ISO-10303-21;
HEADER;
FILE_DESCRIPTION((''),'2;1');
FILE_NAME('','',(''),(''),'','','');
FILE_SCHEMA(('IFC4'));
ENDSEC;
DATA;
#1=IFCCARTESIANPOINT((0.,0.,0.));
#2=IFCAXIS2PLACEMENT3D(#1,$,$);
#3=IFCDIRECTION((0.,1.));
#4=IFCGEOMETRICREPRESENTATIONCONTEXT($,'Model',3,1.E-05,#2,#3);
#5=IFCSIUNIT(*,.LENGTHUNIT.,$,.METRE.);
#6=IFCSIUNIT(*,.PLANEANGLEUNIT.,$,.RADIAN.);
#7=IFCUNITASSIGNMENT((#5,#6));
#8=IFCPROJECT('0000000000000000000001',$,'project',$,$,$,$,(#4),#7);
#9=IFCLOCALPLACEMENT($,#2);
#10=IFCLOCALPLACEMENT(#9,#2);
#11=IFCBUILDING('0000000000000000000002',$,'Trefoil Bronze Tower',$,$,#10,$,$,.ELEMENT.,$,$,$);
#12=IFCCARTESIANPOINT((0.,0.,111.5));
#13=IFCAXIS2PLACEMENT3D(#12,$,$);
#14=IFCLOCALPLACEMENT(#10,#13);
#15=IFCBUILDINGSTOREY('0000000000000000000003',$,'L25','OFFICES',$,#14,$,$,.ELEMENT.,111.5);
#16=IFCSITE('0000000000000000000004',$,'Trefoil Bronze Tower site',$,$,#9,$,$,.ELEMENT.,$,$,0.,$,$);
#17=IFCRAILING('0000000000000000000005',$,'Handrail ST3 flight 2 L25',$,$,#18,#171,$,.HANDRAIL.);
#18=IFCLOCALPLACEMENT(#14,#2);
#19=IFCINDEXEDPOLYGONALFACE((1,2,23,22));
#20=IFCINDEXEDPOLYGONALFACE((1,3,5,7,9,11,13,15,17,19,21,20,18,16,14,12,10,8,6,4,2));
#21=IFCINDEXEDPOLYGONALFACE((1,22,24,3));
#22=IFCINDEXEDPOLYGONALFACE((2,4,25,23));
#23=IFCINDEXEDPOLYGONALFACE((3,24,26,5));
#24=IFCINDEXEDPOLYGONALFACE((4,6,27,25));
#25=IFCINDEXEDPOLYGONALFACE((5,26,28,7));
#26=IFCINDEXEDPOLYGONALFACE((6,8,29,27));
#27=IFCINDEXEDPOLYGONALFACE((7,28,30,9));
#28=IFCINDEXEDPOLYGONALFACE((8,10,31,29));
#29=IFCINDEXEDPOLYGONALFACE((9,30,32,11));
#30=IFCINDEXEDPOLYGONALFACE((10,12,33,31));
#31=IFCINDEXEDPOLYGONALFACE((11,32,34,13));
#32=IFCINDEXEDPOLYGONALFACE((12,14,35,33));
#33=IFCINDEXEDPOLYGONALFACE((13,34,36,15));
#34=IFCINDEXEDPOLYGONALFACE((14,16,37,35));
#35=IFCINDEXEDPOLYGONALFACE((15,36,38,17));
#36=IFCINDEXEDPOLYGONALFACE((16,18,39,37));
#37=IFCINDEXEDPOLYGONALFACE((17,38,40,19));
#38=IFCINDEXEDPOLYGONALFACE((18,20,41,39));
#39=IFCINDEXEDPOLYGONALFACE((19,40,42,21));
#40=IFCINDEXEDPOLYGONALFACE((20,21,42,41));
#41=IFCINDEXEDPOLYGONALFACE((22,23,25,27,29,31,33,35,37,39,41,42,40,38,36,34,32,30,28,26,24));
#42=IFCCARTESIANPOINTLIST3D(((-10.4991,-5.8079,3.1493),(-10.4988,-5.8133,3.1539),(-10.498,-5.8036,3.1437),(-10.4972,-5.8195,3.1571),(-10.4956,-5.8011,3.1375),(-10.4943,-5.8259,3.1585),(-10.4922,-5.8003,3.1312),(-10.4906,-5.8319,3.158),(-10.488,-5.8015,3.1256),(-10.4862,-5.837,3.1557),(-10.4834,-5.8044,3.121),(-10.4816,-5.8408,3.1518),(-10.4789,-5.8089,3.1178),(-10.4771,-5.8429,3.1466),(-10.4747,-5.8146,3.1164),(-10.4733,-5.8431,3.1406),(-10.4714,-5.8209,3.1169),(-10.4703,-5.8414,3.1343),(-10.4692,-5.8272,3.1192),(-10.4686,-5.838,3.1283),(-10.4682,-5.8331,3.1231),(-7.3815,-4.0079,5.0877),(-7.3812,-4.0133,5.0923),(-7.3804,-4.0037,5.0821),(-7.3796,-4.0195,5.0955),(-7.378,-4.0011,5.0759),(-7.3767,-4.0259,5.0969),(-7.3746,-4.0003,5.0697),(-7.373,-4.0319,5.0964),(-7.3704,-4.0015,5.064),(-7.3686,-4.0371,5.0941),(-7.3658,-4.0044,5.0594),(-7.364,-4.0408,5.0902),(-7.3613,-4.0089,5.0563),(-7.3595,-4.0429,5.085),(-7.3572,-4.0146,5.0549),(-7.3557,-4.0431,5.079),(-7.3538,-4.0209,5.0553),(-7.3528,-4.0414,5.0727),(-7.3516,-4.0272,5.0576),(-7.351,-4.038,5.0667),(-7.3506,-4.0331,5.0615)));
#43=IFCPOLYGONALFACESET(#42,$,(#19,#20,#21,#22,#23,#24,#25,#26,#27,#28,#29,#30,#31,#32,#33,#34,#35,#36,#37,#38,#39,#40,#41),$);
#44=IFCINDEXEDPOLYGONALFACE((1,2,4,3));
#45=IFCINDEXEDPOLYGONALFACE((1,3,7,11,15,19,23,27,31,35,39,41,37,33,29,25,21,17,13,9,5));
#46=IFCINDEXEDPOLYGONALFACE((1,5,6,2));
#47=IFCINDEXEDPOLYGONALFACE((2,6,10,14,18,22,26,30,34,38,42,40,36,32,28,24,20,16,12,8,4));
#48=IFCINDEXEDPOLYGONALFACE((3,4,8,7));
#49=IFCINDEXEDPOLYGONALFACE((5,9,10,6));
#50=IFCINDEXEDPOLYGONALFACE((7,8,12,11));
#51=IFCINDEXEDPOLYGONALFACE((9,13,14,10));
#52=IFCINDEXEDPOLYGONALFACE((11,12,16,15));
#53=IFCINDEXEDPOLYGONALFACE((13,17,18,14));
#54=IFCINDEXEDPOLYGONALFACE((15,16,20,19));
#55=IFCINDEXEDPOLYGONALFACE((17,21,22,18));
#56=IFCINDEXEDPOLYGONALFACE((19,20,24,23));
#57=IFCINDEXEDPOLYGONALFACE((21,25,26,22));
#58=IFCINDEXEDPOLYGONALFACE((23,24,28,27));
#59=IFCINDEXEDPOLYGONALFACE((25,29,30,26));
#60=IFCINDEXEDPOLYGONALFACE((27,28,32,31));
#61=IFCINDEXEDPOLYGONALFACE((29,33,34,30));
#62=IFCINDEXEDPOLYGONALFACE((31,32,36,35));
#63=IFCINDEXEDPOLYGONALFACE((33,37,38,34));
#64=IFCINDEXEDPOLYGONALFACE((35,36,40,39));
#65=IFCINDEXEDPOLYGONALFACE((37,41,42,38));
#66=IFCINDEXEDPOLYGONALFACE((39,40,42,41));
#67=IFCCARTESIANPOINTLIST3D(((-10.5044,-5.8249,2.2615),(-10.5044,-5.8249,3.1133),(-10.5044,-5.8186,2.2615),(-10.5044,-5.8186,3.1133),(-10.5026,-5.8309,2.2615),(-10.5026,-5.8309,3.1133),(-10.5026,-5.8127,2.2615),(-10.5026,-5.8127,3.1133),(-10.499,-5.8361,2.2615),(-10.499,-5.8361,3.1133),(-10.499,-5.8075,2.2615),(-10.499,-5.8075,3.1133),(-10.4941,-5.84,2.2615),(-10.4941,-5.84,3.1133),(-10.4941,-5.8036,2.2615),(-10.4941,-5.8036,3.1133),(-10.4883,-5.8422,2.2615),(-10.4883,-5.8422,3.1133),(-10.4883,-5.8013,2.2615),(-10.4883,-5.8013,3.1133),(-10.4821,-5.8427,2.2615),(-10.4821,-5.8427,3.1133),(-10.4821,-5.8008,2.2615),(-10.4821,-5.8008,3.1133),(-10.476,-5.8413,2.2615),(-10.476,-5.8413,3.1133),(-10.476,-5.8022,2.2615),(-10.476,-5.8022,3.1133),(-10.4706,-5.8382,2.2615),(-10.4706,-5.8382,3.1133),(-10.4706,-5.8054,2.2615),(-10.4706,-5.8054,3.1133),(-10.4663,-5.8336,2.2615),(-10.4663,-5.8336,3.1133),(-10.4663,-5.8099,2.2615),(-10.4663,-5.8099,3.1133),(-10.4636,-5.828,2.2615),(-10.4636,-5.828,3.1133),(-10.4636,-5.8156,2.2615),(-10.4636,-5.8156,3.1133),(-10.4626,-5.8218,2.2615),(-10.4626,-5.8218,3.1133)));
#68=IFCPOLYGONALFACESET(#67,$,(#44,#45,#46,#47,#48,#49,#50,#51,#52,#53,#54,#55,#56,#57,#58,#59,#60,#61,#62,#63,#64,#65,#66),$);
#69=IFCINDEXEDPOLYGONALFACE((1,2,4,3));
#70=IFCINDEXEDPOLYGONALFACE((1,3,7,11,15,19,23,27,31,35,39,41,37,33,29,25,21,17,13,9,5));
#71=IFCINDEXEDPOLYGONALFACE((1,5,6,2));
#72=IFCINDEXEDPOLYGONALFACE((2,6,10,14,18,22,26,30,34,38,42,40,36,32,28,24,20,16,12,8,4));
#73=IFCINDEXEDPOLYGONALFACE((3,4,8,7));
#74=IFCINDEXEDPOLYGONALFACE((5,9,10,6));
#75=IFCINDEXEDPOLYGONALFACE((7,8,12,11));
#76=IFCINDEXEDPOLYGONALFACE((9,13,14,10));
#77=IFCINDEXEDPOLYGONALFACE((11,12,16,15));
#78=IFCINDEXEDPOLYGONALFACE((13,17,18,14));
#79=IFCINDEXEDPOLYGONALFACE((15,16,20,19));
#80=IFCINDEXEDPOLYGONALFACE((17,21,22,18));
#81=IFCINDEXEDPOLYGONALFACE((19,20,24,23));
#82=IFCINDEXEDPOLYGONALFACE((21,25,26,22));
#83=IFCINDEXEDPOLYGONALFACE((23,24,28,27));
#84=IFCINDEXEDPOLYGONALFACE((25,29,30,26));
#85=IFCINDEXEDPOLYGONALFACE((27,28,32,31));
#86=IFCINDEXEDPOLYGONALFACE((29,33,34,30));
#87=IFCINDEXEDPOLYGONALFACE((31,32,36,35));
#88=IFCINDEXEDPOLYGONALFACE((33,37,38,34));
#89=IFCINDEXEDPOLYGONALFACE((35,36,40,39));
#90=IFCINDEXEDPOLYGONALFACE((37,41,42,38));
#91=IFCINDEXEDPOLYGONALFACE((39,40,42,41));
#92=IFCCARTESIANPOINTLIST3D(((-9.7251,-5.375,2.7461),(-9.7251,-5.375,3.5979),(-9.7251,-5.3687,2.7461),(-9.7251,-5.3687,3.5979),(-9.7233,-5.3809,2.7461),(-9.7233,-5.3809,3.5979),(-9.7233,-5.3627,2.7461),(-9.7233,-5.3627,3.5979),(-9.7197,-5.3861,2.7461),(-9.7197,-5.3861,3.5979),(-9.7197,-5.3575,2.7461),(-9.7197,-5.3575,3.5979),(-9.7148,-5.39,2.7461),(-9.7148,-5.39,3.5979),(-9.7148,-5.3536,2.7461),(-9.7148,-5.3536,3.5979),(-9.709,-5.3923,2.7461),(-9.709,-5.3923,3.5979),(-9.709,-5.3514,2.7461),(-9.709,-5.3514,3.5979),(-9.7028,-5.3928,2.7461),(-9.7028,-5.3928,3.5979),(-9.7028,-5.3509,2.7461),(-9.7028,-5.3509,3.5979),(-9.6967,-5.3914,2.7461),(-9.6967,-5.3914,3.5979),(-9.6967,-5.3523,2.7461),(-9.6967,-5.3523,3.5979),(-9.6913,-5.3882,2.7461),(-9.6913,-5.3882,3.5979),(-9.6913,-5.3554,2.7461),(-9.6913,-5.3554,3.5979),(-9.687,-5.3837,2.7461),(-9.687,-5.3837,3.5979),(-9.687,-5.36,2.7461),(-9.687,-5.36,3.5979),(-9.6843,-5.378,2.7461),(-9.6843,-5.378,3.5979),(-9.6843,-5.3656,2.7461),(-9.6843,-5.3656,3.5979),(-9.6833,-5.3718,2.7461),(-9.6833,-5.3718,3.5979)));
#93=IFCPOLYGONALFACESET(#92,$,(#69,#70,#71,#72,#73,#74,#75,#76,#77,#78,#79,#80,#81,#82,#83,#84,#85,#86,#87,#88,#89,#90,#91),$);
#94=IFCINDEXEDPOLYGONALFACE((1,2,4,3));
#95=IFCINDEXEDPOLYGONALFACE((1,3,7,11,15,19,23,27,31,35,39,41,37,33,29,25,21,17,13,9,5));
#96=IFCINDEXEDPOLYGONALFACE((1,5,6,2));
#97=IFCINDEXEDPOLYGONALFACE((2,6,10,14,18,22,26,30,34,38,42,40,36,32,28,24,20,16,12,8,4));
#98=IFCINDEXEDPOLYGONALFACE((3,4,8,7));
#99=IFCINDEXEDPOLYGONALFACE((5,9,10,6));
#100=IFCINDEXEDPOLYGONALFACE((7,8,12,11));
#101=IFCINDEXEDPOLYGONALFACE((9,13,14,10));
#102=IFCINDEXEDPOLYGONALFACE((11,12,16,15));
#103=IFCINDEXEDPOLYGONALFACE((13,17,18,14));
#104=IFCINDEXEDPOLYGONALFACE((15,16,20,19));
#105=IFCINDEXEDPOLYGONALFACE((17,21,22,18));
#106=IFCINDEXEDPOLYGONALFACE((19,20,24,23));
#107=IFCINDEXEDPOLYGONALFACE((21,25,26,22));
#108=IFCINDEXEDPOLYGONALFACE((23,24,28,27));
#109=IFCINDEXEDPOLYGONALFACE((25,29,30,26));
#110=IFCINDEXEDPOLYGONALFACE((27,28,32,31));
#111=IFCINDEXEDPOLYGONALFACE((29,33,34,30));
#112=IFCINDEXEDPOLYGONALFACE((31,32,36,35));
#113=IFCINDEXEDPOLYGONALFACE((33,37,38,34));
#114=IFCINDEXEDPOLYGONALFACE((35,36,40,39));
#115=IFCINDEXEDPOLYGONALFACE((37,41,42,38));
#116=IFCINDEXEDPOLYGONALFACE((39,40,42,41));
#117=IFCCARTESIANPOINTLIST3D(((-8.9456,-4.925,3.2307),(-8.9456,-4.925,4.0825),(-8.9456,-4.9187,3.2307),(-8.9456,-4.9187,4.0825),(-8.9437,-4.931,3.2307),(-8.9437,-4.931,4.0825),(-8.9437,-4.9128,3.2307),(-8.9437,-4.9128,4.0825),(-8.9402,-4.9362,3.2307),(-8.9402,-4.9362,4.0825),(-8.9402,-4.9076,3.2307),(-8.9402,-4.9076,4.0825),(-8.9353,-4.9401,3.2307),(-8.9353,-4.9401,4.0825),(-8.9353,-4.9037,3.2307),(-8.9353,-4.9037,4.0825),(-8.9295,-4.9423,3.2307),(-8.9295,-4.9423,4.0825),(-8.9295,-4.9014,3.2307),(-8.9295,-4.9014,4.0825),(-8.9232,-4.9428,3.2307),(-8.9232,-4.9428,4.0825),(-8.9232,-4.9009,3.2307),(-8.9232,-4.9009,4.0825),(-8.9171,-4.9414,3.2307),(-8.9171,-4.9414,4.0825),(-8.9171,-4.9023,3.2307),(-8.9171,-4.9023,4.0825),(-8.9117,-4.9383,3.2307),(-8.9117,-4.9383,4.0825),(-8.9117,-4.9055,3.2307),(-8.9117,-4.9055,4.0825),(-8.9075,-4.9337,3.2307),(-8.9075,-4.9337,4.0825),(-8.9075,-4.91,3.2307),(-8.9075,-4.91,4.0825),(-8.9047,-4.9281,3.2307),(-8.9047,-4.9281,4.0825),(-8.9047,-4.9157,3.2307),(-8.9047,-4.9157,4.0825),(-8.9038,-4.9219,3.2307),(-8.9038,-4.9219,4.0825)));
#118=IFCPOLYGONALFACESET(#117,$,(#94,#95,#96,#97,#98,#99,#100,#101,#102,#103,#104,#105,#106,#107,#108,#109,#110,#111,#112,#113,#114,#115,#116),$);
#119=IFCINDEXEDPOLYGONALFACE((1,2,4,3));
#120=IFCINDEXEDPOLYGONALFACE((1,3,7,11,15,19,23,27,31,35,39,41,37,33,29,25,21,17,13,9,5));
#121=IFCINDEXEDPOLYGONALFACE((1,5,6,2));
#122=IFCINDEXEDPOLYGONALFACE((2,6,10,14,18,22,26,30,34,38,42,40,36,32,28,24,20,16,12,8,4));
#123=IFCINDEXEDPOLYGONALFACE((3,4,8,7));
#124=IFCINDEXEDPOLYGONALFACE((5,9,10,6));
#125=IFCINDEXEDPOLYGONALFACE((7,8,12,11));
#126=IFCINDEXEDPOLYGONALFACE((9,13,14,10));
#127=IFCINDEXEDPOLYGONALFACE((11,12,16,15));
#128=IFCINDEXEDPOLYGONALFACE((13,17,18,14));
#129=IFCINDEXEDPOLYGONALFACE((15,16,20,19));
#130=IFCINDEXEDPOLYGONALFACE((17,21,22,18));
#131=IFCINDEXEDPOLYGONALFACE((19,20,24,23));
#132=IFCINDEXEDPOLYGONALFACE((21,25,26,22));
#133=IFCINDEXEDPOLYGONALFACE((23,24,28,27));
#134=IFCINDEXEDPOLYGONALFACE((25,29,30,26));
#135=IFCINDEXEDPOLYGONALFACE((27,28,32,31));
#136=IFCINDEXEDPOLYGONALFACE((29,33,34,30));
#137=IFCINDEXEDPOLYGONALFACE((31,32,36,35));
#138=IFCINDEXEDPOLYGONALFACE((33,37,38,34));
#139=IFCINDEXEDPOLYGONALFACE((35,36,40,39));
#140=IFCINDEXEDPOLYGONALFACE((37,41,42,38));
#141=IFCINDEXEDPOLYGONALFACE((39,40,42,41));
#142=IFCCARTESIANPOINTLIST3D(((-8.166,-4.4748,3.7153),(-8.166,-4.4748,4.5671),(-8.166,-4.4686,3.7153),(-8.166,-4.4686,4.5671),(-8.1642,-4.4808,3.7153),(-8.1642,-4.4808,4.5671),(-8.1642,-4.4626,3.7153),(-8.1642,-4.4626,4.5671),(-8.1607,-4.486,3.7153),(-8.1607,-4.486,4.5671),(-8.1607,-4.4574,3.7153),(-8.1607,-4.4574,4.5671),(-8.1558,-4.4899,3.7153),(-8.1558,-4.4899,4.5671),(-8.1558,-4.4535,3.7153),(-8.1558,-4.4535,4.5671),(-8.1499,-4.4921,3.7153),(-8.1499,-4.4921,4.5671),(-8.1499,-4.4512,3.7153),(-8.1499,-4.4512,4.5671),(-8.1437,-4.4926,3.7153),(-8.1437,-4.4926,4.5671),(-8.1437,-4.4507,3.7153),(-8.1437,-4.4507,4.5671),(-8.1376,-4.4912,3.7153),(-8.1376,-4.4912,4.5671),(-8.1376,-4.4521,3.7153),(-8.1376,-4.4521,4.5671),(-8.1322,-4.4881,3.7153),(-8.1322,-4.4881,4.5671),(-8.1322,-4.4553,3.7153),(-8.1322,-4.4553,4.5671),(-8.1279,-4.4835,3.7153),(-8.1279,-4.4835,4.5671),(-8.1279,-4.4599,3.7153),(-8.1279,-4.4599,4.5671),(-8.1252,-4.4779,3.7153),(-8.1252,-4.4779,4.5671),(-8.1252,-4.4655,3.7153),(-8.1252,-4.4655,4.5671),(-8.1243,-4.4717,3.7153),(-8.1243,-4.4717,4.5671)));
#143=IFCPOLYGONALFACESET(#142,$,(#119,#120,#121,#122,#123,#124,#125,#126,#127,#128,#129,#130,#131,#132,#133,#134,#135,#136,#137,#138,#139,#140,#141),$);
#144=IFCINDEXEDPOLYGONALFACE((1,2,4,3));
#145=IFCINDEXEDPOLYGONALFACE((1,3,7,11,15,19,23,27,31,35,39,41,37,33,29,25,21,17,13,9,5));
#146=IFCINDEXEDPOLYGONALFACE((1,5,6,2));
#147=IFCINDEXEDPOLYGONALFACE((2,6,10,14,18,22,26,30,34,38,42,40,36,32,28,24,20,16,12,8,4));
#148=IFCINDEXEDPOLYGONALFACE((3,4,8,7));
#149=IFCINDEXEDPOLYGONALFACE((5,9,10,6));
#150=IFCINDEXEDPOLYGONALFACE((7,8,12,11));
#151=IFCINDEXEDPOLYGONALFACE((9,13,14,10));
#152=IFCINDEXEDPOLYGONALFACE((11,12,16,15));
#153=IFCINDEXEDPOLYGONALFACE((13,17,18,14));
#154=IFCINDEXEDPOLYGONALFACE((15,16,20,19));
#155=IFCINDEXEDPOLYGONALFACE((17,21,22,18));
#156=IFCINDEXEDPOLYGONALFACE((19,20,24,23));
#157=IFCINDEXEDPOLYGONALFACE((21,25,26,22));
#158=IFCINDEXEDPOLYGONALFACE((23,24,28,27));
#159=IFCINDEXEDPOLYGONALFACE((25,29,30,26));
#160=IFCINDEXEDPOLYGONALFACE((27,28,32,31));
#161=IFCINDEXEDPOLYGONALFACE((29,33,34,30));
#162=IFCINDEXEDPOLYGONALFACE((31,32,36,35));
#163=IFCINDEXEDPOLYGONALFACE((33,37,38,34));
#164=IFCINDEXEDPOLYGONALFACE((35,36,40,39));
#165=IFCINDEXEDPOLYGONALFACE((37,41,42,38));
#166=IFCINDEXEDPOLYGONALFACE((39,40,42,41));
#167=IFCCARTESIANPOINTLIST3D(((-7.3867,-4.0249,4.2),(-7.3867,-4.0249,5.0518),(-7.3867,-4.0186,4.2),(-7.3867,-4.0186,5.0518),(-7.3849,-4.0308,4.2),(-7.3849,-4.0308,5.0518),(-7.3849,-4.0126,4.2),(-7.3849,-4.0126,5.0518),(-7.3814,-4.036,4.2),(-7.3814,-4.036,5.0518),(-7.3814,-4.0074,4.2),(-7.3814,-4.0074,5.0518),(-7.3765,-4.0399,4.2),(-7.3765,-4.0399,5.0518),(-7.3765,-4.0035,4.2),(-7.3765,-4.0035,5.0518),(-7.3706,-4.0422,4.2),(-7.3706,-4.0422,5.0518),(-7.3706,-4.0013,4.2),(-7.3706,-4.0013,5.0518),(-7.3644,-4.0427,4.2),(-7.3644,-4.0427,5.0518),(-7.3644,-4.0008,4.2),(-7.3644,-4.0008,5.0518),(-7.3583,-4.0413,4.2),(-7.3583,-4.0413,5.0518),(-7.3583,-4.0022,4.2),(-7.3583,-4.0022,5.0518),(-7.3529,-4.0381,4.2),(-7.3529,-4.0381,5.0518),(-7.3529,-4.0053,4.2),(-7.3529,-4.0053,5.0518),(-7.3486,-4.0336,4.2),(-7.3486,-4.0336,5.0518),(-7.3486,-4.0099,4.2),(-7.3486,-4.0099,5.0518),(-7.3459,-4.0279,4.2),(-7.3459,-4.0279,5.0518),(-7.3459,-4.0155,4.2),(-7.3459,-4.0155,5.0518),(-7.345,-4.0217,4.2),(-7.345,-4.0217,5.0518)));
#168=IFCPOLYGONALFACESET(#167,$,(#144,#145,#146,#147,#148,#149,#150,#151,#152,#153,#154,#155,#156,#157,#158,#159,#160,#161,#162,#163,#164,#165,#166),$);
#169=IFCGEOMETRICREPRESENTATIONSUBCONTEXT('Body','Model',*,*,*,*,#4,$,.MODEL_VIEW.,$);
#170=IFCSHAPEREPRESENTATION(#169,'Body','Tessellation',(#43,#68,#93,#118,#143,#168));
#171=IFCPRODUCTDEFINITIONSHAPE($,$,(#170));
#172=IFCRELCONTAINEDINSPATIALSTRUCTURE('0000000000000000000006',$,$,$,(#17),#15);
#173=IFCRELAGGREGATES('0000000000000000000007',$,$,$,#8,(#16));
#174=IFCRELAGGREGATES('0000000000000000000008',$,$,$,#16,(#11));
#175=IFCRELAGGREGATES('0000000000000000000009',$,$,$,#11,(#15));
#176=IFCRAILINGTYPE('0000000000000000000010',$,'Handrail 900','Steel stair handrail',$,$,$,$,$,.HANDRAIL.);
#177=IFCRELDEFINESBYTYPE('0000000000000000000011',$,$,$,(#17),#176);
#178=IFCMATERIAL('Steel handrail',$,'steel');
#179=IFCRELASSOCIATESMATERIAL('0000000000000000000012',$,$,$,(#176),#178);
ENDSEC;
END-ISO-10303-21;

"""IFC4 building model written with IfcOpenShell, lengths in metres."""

from ifc_helpers import new_model, si_unit, direction, frame, origin, origin_2d, place, context, subcontext, project, spatial, circle, extrude, material, type_object, element, save


model = new_model("IFC4")

# Units and contexts
model_context = context("Model", 3, precision=1e-05, world=origin(), true_north=direction((0.0, 1.0)))
body_context = subcontext(model_context, "Body", "Model", "MODEL_VIEW")
ifc_project = project(units=[si_unit("LENGTHUNIT", "METRE"), si_unit("PLANEANGLEUNIT", "RADIAN")], contexts=[model_context])

# Site, building, storey
site_placement = place(None, origin())
site = spatial("IfcSite", under=ifc_project, at=site_placement, Name="Trefoil Bronze Tower site", CompositionType="ELEMENT", RefElevation=0.0)
building_placement = place(site_placement, origin())
building = spatial("IfcBuilding", under=site, at=building_placement, Name="Trefoil Bronze Tower", CompositionType="ELEMENT")
storey_placement = place(building_placement, frame((0.0, 0.0, 111.5)))
storey = spatial("IfcBuildingStorey", under=building, at=storey_placement, Name="L25", Description="OFFICES", CompositionType="ELEMENT", Elevation=111.5)

# Railing
ifc_material_1 = material(Name="Steel handrail", Category="steel")
railing_type = type_object("IfcRailingType", Name="Handrail 900", Description="Steel stair handrail", PredefinedType="HANDRAIL", material=ifc_material_1)
railing_1_placement = place(storey_placement, frame((-10.4836, -5.8218, 2.2615)))
element("IfcRailing", 1, at=railing_1_placement, inside=storey, type_object=railing_type, Name="Handrail ST3 flight 2 L25", PredefinedType="HANDRAIL", context=body_context, shape_type="SweptSolid", body=[
    extrude(circle(Radius=0.0239, at=origin_2d()), frame((0.0, 0.0, 0.876), z_axis=(0.762503, 0.440246, 0.474102), x_axis=(-0.500012, 0.866018, 0.0)), (0.0, 0.0, 1.0), 4.0886),
    extrude(circle(Radius=0.021, at=origin_2d()), origin(), (0.0, 0.0, 1.0), 0.8518),
    extrude(circle(Radius=0.021, at=origin_2d()), frame((0.7793, 0.45, 0.4846)), (0.0, 0.0, 1.0), 0.8518),
    extrude(circle(Radius=0.021, at=origin_2d()), frame((1.5588, 0.8999, 0.9692)), (0.0, 0.0, 1.0), 0.8518),
    extrude(circle(Radius=0.021, at=origin_2d()), frame((2.3384, 1.3501, 1.4539)), (0.0, 0.0, 1.0), 0.8518),
    extrude(circle(Radius=0.021, at=origin_2d()), frame((3.1177, 1.8, 1.9385)), (0.0, 0.0, 1.0), 0.8518),
])

save(model, "model.ifc")
